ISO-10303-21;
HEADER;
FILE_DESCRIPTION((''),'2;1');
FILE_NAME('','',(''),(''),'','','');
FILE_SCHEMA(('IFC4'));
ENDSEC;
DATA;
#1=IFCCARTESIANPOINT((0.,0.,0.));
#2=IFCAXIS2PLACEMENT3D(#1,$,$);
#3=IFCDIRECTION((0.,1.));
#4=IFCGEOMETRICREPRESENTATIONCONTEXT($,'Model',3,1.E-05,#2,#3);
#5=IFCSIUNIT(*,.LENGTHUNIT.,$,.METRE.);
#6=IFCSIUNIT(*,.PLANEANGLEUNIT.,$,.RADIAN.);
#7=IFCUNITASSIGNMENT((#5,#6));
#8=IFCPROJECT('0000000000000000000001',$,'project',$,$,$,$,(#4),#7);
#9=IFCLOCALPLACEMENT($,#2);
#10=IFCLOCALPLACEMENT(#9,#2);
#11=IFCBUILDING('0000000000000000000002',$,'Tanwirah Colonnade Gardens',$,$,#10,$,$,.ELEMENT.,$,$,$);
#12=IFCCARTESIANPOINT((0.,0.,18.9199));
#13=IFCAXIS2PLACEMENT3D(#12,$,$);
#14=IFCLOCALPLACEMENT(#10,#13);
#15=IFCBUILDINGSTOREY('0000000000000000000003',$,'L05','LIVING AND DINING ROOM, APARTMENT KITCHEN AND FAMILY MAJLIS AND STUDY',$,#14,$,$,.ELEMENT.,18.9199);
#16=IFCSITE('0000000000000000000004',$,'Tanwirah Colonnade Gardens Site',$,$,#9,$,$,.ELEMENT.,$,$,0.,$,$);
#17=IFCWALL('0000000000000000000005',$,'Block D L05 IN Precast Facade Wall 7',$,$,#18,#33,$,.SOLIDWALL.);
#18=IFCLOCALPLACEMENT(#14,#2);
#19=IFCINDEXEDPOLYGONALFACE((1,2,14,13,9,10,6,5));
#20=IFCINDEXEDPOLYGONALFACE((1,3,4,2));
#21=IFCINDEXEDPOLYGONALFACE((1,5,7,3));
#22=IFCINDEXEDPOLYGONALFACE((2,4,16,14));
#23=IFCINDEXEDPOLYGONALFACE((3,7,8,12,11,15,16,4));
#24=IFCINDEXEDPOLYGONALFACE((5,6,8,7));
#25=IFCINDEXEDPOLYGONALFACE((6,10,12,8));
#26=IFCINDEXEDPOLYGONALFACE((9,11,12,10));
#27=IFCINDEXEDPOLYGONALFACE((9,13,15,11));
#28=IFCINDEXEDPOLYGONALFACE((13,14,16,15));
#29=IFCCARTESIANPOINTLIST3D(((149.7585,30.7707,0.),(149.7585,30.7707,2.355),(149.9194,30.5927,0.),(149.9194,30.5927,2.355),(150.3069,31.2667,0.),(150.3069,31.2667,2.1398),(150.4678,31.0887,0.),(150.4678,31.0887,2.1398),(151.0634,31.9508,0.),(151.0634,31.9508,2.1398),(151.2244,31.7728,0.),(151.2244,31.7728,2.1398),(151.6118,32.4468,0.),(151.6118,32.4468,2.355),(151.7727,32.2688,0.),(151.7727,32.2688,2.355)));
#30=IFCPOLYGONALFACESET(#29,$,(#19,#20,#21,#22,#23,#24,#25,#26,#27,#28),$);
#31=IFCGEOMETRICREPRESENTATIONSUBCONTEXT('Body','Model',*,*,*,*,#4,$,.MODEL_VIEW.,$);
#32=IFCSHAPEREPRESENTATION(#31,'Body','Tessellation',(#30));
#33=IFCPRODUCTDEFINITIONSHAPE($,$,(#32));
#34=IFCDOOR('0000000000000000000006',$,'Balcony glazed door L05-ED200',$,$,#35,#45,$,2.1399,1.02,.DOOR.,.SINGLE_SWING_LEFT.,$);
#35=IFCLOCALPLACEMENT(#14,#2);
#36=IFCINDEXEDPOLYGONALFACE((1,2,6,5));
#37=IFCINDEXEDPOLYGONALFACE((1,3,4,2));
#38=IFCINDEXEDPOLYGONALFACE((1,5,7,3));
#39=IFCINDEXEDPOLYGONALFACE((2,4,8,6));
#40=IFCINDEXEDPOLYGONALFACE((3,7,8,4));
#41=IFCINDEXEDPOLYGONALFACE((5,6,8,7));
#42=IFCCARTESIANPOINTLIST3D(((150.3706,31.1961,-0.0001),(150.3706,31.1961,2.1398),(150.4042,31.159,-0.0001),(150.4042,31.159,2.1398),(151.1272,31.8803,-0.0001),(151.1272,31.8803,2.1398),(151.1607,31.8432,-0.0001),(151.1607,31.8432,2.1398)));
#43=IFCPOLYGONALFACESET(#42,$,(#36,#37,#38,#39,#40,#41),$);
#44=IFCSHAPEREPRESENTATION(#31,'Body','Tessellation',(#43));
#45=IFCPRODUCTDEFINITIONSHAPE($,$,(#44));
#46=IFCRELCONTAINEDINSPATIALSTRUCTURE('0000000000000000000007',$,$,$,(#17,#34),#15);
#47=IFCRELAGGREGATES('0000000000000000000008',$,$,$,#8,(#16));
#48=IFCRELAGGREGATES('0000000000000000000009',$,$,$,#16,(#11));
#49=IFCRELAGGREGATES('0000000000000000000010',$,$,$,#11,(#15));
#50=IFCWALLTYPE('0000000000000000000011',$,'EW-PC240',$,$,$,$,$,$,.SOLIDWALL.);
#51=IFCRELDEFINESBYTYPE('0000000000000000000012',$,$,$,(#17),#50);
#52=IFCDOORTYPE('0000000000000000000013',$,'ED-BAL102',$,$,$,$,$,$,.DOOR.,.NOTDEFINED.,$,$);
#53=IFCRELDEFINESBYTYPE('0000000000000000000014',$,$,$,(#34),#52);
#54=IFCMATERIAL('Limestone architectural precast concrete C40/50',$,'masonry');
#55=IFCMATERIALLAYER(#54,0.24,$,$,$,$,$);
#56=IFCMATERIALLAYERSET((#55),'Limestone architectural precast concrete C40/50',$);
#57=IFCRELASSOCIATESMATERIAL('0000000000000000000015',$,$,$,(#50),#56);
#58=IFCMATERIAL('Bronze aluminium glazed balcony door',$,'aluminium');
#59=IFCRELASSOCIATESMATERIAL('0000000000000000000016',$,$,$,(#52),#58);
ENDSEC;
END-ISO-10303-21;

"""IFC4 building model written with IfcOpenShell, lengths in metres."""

from ifc_helpers import new_model, si_unit, direction, frame, frame_2d, origin, place, context, subcontext, project, spatial, rectangle, extrude, material, layer, layer_set, type_object, element, fill, save


model = new_model("IFC4")

# Units and contexts
model_context = context("Model", 3, precision=1e-05, world=origin(), true_north=direction((0.0, 1.0)))
body_context = subcontext(model_context, "Body", "Model", "MODEL_VIEW")
ifc_project = project(units=[si_unit("LENGTHUNIT", "METRE"), si_unit("PLANEANGLEUNIT", "RADIAN")], contexts=[model_context])

# Site, building, storey
site_placement = place(None, origin())
site = spatial("IfcSite", under=ifc_project, at=site_placement, Name="Tanwirah Colonnade Gardens Site", CompositionType="ELEMENT", RefElevation=0.0)
building_placement = place(site_placement, origin())
building = spatial("IfcBuilding", under=site, at=building_placement, Name="Tanwirah Colonnade Gardens", CompositionType="ELEMENT")
storey_placement = place(building_placement, frame((0.0, 0.0, 18.9199)))
storey = spatial("IfcBuildingStorey", under=building, at=storey_placement, Name="L05", Description="LIVING AND DINING ROOM, APARTMENT KITCHEN AND FAMILY MAJLIS AND STUDY", CompositionType="ELEMENT", Elevation=18.9199)

# Wall, opening, door
ifc_material_1 = material(Name="Limestone architectural precast concrete C40/50", Category="masonry")
ifc_layer_1 = layer(ifc_material_1, 0.24)
ifc_layer_set_1 = layer_set([ifc_layer_1], Name="Limestone architectural precast concrete C40/50")
wall_type = type_object("IfcWallType", Name="EW-PC240", PredefinedType="SOLIDWALL", material=ifc_layer_set_1)
wall_placement = place(storey_placement, frame((149.8389, 30.6816, 0.0), z_axis=(0.0, 0.0, 1.0), x_axis=(0.741684, 0.67075, 0.0)))
wall = element("IfcWall", 1, at=wall_placement, inside=storey, type_object=wall_type, Name="Block D L05 IN Precast Facade Wall 7", PredefinedType="SOLIDWALL", context=body_context, shape_type="SweptSolid", body=[
    extrude(rectangle(XDim=2.4988, YDim=0.24, at=frame_2d((1.2495, 0.0))), origin(), (0.0, 0.0, 1.0), 2.355),
])
opening_placement = place(wall_placement, frame((0.7395, 0.0, 0.0)))
opening = element("IfcOpeningElement", 2, at=opening_placement, cuts=wall, PredefinedType="OPENING", context=body_context, shape_type="SweptSolid", body=[
    extrude(rectangle(XDim=1.02, YDim=2.1399, at=frame_2d((0.51, 1.0698))), frame((0.0, 0.1299, 0.0), z_axis=(0.0, -1.0, 0.0), x_axis=(1.0, 0.0, 0.0)), (0.0, 0.0, 1.0), 0.26),
])
ifc_material_2 = material(Name="Bronze aluminium glazed balcony door", Category="aluminium")
door_type = type_object("IfcDoorType", Name="ED-BAL102", OperationType="NOTDEFINED", PredefinedType="DOOR", material=ifc_material_2)
door_placement = place(opening_placement, origin())
door = element("IfcDoor", 3, at=door_placement, inside=storey, type_object=door_type, Name="Balcony glazed door L05-ED200", OperationType="SINGLE_SWING_LEFT", OverallHeight=2.1399, OverallWidth=1.02, PredefinedType="DOOR", context=body_context, shape_type="SweptSolid", body=[
    extrude(rectangle(XDim=1.02, YDim=2.1399, at=frame_2d((0.51, 1.0698))), frame((0.0, 0.0249, 0.0), z_axis=(0.0, -1.0, 0.0), x_axis=(1.0, 0.0, 0.0)), (0.0, 0.0, 1.0), 0.05),
])
fill(opening, door)

save(model, "model.ifc")
